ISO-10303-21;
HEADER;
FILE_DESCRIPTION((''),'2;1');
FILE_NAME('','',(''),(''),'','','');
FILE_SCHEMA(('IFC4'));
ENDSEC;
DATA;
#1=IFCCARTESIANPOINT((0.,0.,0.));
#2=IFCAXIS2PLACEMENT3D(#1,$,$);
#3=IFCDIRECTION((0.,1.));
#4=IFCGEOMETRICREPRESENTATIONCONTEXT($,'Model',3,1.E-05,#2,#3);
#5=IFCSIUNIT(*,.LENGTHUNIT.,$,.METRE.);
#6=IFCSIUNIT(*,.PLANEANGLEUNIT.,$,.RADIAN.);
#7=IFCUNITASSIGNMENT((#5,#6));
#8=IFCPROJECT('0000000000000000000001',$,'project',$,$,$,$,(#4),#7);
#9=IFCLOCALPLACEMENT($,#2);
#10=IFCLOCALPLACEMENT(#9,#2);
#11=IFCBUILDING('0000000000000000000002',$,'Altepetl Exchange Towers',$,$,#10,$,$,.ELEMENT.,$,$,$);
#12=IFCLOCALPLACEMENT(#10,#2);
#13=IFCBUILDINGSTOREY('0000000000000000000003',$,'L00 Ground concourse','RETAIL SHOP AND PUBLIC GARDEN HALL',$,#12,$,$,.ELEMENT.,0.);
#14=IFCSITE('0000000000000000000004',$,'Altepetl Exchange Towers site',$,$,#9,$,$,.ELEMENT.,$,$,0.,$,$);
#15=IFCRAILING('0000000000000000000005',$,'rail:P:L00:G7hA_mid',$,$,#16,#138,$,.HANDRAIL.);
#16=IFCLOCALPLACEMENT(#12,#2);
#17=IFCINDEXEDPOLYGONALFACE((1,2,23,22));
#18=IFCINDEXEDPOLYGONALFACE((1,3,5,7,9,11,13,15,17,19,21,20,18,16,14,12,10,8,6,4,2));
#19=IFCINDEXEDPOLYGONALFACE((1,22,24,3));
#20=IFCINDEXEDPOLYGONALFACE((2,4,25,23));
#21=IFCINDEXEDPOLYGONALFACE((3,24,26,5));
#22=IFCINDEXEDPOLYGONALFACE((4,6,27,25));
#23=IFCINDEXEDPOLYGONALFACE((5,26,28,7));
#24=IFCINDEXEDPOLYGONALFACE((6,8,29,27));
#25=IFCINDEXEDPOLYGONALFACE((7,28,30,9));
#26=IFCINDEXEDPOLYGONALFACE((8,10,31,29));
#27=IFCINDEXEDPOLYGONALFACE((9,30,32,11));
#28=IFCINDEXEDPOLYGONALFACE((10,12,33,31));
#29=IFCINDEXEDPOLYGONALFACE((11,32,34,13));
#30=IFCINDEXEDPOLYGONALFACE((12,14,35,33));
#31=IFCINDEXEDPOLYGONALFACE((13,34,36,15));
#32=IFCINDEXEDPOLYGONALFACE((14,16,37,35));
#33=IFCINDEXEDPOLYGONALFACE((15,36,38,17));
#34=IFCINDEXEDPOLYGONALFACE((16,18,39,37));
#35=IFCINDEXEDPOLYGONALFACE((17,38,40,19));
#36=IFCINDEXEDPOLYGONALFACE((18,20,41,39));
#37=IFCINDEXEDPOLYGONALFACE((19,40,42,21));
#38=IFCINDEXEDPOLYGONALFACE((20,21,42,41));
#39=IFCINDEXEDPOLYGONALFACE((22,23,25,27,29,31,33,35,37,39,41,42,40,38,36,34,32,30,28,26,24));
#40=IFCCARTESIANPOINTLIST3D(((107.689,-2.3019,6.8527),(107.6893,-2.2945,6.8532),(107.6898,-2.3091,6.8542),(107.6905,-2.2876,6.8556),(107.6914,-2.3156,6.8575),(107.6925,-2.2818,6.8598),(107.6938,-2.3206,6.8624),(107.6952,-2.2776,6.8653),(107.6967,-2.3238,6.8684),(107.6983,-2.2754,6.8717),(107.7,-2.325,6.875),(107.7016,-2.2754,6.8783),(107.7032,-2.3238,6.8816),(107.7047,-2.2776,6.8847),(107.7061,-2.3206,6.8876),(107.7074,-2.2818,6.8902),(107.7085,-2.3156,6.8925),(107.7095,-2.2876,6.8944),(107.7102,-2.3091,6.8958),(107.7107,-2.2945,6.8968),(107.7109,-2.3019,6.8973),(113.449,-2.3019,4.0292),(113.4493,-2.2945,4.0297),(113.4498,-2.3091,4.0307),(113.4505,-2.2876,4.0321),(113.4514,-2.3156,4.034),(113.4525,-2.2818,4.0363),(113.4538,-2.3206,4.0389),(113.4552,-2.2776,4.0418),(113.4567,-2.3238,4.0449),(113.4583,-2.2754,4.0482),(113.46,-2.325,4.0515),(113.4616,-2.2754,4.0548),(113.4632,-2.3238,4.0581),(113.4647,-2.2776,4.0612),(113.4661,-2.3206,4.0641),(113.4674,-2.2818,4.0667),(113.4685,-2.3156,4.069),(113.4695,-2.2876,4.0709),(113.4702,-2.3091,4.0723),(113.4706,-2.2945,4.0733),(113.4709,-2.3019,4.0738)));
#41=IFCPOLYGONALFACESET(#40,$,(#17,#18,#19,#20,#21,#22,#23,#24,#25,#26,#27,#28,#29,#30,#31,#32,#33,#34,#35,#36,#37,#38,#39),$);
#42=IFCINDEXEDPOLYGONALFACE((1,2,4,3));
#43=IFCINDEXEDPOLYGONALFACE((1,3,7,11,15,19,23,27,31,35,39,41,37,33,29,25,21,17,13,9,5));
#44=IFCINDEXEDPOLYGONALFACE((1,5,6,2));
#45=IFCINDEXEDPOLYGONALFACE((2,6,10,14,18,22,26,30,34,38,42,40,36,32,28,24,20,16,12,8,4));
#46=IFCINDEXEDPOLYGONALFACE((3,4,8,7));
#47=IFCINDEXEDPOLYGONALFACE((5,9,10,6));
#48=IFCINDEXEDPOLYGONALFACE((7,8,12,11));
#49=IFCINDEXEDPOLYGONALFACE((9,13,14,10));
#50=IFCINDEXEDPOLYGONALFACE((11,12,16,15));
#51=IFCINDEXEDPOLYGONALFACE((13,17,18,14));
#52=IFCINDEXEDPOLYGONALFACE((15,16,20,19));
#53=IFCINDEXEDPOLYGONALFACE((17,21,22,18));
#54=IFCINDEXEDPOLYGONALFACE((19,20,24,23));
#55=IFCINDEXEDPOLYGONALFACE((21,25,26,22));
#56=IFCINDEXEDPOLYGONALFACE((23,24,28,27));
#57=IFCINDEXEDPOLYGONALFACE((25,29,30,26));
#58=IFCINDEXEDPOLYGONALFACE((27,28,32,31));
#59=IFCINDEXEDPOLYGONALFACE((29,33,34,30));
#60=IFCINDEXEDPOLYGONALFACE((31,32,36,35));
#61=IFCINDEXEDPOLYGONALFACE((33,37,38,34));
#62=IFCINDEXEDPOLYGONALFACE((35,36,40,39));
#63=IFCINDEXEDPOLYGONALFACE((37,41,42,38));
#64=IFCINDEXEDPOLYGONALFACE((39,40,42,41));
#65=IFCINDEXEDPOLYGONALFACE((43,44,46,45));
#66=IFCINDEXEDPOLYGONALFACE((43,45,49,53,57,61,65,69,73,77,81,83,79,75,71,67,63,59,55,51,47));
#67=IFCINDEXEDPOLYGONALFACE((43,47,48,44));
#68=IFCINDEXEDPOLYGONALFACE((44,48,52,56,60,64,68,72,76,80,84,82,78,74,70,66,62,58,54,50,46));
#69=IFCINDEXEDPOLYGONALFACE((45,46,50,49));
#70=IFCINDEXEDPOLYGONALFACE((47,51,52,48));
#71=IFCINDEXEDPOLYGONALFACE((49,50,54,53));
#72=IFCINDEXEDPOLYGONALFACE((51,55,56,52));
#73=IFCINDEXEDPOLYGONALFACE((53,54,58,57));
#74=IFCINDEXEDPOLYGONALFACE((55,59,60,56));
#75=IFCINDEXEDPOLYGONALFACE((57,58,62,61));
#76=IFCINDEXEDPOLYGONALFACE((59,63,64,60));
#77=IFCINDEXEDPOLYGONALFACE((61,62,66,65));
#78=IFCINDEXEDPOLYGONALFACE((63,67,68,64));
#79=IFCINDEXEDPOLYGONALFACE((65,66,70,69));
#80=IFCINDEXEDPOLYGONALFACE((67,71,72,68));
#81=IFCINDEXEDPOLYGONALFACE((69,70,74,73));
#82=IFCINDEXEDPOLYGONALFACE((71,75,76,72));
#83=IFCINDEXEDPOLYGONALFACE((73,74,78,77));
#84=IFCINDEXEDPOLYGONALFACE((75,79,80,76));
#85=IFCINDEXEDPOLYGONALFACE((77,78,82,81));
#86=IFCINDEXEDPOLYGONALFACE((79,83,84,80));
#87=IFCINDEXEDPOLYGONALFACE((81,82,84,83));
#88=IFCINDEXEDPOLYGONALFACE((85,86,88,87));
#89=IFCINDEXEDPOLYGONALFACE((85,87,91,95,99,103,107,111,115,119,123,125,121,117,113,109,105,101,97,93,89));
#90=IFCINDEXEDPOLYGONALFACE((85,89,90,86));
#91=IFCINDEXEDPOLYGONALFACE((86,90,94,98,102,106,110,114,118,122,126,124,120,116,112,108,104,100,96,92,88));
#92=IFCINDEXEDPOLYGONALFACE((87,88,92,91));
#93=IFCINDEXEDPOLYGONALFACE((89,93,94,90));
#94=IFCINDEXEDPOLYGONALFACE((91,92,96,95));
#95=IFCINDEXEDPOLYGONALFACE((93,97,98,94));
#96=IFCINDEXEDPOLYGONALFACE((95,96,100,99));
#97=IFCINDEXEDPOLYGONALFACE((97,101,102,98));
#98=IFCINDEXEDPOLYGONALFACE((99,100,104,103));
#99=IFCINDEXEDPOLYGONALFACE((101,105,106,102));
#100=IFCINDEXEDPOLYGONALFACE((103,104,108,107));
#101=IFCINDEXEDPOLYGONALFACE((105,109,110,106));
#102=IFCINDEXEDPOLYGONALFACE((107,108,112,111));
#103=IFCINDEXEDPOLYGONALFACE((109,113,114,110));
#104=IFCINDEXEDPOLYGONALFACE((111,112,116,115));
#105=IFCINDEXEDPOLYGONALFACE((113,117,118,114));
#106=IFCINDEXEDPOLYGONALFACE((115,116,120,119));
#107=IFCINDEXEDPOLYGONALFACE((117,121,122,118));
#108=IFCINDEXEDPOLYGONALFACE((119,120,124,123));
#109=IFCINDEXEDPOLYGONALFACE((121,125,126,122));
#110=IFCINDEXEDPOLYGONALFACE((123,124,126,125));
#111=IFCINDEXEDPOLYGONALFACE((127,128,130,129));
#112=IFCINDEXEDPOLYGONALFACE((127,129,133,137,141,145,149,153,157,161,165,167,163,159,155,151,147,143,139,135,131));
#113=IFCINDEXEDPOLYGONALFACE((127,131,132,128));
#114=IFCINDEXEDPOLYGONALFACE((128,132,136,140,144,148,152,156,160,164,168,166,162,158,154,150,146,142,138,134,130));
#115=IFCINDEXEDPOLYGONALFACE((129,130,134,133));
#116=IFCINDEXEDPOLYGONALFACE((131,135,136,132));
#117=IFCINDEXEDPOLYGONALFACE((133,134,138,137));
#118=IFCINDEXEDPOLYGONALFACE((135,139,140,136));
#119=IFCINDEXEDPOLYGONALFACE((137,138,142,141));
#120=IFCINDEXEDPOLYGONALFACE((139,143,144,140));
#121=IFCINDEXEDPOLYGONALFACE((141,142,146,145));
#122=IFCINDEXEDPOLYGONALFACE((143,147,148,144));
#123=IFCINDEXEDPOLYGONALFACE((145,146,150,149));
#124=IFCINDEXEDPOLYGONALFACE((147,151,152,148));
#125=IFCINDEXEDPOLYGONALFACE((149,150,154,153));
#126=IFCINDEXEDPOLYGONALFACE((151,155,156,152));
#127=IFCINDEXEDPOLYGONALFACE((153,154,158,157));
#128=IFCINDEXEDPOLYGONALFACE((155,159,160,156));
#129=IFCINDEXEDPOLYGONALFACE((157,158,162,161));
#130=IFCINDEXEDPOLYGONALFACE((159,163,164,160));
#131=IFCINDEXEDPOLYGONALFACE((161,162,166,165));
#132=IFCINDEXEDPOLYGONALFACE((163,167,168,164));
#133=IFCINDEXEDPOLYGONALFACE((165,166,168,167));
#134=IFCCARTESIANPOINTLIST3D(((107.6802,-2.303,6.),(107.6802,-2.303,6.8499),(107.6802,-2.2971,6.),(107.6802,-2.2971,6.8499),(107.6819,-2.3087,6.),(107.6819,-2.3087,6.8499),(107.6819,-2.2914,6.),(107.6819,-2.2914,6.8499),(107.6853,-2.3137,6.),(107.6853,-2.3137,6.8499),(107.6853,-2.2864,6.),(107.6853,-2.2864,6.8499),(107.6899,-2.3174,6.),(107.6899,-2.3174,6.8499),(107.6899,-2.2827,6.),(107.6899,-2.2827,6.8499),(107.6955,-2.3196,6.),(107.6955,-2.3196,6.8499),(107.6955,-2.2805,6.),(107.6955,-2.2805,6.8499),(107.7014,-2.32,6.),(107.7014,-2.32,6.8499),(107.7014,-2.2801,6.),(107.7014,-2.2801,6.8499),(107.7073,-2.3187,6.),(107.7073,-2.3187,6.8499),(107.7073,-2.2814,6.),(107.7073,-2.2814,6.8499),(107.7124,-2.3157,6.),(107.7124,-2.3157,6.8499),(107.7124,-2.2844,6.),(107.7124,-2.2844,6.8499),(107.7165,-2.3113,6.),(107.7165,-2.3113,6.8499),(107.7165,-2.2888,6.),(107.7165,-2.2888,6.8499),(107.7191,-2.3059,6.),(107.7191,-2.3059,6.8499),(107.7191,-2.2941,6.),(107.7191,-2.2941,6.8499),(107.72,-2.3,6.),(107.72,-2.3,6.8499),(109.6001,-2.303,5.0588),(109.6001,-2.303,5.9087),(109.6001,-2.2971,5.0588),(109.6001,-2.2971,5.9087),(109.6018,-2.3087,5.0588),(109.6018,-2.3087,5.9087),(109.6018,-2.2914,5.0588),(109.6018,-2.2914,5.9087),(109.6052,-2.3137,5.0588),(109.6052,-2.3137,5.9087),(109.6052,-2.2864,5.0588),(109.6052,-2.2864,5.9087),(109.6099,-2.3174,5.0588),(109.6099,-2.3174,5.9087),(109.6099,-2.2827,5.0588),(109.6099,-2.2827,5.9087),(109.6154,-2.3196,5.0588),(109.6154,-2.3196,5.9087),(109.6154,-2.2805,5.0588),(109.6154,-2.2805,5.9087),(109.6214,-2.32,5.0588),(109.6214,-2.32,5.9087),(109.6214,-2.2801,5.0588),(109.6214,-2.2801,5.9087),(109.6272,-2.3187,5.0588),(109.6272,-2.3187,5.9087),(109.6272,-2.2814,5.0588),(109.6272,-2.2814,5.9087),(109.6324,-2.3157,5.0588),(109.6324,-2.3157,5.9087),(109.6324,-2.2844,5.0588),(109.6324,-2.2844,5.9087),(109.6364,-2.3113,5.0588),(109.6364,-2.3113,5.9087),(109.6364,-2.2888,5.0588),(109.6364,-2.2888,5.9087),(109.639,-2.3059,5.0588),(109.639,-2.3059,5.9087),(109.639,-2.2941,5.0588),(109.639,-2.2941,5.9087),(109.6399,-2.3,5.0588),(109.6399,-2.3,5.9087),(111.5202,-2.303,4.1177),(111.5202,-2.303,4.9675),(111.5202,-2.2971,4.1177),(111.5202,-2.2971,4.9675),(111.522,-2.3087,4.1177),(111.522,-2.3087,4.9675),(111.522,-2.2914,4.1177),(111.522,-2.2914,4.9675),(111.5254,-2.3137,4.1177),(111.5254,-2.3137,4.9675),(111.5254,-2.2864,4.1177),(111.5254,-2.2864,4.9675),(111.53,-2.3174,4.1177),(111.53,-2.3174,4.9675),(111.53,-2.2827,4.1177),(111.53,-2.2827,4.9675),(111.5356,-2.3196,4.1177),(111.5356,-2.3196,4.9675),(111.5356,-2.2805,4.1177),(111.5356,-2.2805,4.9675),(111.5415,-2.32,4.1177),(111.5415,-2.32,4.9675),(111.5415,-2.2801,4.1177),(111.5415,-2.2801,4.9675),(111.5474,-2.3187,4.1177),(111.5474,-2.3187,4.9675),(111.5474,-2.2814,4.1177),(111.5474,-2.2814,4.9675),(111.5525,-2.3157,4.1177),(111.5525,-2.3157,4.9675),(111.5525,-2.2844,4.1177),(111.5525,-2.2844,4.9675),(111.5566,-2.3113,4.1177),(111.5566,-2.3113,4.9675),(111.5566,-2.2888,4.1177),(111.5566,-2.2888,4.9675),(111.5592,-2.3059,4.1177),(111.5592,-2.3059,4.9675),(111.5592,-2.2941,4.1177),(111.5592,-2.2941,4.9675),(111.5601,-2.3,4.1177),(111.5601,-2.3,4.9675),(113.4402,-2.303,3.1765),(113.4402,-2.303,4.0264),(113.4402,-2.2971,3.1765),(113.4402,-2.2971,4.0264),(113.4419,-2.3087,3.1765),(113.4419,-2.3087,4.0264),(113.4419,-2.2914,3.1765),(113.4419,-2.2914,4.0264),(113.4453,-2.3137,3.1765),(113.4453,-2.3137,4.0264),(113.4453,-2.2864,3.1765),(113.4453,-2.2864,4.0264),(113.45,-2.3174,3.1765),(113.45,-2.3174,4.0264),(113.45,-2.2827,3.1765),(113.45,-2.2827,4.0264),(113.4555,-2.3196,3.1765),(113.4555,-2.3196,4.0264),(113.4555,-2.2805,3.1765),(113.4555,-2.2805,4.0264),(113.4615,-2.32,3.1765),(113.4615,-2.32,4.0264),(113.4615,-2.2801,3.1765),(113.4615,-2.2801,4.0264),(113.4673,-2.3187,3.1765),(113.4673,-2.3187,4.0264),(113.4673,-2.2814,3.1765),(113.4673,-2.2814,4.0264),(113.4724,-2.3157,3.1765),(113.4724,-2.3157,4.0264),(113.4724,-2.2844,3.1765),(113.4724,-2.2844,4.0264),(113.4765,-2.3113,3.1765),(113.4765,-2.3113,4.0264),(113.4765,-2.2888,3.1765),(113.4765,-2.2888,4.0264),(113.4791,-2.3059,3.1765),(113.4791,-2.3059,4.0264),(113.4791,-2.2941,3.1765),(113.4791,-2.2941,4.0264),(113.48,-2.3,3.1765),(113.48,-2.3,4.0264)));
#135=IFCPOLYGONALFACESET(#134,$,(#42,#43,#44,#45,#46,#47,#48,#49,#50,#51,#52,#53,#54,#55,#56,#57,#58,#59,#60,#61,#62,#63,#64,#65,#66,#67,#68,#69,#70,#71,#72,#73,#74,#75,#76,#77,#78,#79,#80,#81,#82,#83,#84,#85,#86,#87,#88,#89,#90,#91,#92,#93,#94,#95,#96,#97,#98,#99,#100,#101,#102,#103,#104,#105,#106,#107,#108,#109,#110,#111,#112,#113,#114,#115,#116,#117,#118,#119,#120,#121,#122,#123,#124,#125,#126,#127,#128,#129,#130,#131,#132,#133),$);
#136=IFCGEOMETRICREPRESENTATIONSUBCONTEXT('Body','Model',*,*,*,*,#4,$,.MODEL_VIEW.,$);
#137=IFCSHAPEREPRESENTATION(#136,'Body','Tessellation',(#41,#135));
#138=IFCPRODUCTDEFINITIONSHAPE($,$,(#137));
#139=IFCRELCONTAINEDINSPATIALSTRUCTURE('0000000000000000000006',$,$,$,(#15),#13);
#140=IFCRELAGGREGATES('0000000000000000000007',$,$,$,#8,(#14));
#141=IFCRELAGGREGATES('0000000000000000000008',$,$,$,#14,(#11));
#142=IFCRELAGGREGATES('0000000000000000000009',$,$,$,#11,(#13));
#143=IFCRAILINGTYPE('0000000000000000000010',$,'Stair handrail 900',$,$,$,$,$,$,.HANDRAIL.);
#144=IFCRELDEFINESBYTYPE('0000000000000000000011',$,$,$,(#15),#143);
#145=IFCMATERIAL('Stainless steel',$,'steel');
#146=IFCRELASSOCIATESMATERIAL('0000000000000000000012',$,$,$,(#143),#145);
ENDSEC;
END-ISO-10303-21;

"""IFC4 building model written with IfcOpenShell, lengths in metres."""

from ifc_helpers import new_model, si_unit, direction, frame, origin, origin_2d, place, context, subcontext, project, spatial, circle, extrude, source, transform, mapped, material, type_object, element, save


model = new_model("IFC4")

# Units and contexts
model_context = context("Model", 3, precision=1e-05, world=origin(), true_north=direction((0.0, 1.0)))
body_context = subcontext(model_context, "Body", "Model", "MODEL_VIEW")
ifc_project = project(units=[si_unit("LENGTHUNIT", "METRE"), si_unit("PLANEANGLEUNIT", "RADIAN")], contexts=[model_context])

# Site, building, storey
site_placement = place(None, origin())
site = spatial("IfcSite", under=ifc_project, at=site_placement, Name="Altepetl Exchange Towers site", CompositionType="ELEMENT", RefElevation=0.0)
building_placement = place(site_placement, origin())
building = spatial("IfcBuilding", under=site, at=building_placement, Name="Altepetl Exchange Towers", CompositionType="ELEMENT")
storey_placement = place(building_placement, origin())
storey = spatial("IfcBuildingStorey", under=building, at=storey_placement, Name="L00 Ground concourse", Description="RETAIL SHOP AND PUBLIC GARDEN HALL", CompositionType="ELEMENT", Elevation=0.0)

# Railing
ifc_material_1 = material(Name="Stainless steel", Category="steel")
railing_type_1 = type_object("IfcRailingType", Name="Stair handrail 900", PredefinedType="HANDRAIL", material=ifc_material_1)
shared_shape_1 = source(origin(), body_context, "Body", "SweptSolid", [
    extrude(circle(Radius=0.02, at=origin_2d()), origin(), (0.0, 0.0, 1.0), 0.8499),
])
for number, where, name in (
    (1, (113.46, -2.3, 3.1765), "rail:P:L00:G7hA_mid"),
):
    element("IfcRailing", number, at=place(storey_placement, frame(where)), inside=storey, type_object=railing_type_1, Name=name, PredefinedType="HANDRAIL", context=body_context, shape_type="SweptSolid", body=[
        extrude(circle(Radius=0.0249, at=origin_2d()), frame((0.0, 0.0, 0.875), z_axis=(-0.897924, 0.0, 0.440151), x_axis=(0.0, -1.0, 0.0)), (0.0, 0.0, 1.0), 6.4148),
        mapped(shared_shape_1, transform((0.0, 0.0, 0.0))),
        mapped(shared_shape_1, transform((-1.9199, 0.0, 0.9412))),
        mapped(shared_shape_1, transform((-3.8401, 0.0, 1.8823))),
        mapped(shared_shape_1, transform((-5.76, 0.0, 2.8235))),
    ])

save(model, "model.ifc")
